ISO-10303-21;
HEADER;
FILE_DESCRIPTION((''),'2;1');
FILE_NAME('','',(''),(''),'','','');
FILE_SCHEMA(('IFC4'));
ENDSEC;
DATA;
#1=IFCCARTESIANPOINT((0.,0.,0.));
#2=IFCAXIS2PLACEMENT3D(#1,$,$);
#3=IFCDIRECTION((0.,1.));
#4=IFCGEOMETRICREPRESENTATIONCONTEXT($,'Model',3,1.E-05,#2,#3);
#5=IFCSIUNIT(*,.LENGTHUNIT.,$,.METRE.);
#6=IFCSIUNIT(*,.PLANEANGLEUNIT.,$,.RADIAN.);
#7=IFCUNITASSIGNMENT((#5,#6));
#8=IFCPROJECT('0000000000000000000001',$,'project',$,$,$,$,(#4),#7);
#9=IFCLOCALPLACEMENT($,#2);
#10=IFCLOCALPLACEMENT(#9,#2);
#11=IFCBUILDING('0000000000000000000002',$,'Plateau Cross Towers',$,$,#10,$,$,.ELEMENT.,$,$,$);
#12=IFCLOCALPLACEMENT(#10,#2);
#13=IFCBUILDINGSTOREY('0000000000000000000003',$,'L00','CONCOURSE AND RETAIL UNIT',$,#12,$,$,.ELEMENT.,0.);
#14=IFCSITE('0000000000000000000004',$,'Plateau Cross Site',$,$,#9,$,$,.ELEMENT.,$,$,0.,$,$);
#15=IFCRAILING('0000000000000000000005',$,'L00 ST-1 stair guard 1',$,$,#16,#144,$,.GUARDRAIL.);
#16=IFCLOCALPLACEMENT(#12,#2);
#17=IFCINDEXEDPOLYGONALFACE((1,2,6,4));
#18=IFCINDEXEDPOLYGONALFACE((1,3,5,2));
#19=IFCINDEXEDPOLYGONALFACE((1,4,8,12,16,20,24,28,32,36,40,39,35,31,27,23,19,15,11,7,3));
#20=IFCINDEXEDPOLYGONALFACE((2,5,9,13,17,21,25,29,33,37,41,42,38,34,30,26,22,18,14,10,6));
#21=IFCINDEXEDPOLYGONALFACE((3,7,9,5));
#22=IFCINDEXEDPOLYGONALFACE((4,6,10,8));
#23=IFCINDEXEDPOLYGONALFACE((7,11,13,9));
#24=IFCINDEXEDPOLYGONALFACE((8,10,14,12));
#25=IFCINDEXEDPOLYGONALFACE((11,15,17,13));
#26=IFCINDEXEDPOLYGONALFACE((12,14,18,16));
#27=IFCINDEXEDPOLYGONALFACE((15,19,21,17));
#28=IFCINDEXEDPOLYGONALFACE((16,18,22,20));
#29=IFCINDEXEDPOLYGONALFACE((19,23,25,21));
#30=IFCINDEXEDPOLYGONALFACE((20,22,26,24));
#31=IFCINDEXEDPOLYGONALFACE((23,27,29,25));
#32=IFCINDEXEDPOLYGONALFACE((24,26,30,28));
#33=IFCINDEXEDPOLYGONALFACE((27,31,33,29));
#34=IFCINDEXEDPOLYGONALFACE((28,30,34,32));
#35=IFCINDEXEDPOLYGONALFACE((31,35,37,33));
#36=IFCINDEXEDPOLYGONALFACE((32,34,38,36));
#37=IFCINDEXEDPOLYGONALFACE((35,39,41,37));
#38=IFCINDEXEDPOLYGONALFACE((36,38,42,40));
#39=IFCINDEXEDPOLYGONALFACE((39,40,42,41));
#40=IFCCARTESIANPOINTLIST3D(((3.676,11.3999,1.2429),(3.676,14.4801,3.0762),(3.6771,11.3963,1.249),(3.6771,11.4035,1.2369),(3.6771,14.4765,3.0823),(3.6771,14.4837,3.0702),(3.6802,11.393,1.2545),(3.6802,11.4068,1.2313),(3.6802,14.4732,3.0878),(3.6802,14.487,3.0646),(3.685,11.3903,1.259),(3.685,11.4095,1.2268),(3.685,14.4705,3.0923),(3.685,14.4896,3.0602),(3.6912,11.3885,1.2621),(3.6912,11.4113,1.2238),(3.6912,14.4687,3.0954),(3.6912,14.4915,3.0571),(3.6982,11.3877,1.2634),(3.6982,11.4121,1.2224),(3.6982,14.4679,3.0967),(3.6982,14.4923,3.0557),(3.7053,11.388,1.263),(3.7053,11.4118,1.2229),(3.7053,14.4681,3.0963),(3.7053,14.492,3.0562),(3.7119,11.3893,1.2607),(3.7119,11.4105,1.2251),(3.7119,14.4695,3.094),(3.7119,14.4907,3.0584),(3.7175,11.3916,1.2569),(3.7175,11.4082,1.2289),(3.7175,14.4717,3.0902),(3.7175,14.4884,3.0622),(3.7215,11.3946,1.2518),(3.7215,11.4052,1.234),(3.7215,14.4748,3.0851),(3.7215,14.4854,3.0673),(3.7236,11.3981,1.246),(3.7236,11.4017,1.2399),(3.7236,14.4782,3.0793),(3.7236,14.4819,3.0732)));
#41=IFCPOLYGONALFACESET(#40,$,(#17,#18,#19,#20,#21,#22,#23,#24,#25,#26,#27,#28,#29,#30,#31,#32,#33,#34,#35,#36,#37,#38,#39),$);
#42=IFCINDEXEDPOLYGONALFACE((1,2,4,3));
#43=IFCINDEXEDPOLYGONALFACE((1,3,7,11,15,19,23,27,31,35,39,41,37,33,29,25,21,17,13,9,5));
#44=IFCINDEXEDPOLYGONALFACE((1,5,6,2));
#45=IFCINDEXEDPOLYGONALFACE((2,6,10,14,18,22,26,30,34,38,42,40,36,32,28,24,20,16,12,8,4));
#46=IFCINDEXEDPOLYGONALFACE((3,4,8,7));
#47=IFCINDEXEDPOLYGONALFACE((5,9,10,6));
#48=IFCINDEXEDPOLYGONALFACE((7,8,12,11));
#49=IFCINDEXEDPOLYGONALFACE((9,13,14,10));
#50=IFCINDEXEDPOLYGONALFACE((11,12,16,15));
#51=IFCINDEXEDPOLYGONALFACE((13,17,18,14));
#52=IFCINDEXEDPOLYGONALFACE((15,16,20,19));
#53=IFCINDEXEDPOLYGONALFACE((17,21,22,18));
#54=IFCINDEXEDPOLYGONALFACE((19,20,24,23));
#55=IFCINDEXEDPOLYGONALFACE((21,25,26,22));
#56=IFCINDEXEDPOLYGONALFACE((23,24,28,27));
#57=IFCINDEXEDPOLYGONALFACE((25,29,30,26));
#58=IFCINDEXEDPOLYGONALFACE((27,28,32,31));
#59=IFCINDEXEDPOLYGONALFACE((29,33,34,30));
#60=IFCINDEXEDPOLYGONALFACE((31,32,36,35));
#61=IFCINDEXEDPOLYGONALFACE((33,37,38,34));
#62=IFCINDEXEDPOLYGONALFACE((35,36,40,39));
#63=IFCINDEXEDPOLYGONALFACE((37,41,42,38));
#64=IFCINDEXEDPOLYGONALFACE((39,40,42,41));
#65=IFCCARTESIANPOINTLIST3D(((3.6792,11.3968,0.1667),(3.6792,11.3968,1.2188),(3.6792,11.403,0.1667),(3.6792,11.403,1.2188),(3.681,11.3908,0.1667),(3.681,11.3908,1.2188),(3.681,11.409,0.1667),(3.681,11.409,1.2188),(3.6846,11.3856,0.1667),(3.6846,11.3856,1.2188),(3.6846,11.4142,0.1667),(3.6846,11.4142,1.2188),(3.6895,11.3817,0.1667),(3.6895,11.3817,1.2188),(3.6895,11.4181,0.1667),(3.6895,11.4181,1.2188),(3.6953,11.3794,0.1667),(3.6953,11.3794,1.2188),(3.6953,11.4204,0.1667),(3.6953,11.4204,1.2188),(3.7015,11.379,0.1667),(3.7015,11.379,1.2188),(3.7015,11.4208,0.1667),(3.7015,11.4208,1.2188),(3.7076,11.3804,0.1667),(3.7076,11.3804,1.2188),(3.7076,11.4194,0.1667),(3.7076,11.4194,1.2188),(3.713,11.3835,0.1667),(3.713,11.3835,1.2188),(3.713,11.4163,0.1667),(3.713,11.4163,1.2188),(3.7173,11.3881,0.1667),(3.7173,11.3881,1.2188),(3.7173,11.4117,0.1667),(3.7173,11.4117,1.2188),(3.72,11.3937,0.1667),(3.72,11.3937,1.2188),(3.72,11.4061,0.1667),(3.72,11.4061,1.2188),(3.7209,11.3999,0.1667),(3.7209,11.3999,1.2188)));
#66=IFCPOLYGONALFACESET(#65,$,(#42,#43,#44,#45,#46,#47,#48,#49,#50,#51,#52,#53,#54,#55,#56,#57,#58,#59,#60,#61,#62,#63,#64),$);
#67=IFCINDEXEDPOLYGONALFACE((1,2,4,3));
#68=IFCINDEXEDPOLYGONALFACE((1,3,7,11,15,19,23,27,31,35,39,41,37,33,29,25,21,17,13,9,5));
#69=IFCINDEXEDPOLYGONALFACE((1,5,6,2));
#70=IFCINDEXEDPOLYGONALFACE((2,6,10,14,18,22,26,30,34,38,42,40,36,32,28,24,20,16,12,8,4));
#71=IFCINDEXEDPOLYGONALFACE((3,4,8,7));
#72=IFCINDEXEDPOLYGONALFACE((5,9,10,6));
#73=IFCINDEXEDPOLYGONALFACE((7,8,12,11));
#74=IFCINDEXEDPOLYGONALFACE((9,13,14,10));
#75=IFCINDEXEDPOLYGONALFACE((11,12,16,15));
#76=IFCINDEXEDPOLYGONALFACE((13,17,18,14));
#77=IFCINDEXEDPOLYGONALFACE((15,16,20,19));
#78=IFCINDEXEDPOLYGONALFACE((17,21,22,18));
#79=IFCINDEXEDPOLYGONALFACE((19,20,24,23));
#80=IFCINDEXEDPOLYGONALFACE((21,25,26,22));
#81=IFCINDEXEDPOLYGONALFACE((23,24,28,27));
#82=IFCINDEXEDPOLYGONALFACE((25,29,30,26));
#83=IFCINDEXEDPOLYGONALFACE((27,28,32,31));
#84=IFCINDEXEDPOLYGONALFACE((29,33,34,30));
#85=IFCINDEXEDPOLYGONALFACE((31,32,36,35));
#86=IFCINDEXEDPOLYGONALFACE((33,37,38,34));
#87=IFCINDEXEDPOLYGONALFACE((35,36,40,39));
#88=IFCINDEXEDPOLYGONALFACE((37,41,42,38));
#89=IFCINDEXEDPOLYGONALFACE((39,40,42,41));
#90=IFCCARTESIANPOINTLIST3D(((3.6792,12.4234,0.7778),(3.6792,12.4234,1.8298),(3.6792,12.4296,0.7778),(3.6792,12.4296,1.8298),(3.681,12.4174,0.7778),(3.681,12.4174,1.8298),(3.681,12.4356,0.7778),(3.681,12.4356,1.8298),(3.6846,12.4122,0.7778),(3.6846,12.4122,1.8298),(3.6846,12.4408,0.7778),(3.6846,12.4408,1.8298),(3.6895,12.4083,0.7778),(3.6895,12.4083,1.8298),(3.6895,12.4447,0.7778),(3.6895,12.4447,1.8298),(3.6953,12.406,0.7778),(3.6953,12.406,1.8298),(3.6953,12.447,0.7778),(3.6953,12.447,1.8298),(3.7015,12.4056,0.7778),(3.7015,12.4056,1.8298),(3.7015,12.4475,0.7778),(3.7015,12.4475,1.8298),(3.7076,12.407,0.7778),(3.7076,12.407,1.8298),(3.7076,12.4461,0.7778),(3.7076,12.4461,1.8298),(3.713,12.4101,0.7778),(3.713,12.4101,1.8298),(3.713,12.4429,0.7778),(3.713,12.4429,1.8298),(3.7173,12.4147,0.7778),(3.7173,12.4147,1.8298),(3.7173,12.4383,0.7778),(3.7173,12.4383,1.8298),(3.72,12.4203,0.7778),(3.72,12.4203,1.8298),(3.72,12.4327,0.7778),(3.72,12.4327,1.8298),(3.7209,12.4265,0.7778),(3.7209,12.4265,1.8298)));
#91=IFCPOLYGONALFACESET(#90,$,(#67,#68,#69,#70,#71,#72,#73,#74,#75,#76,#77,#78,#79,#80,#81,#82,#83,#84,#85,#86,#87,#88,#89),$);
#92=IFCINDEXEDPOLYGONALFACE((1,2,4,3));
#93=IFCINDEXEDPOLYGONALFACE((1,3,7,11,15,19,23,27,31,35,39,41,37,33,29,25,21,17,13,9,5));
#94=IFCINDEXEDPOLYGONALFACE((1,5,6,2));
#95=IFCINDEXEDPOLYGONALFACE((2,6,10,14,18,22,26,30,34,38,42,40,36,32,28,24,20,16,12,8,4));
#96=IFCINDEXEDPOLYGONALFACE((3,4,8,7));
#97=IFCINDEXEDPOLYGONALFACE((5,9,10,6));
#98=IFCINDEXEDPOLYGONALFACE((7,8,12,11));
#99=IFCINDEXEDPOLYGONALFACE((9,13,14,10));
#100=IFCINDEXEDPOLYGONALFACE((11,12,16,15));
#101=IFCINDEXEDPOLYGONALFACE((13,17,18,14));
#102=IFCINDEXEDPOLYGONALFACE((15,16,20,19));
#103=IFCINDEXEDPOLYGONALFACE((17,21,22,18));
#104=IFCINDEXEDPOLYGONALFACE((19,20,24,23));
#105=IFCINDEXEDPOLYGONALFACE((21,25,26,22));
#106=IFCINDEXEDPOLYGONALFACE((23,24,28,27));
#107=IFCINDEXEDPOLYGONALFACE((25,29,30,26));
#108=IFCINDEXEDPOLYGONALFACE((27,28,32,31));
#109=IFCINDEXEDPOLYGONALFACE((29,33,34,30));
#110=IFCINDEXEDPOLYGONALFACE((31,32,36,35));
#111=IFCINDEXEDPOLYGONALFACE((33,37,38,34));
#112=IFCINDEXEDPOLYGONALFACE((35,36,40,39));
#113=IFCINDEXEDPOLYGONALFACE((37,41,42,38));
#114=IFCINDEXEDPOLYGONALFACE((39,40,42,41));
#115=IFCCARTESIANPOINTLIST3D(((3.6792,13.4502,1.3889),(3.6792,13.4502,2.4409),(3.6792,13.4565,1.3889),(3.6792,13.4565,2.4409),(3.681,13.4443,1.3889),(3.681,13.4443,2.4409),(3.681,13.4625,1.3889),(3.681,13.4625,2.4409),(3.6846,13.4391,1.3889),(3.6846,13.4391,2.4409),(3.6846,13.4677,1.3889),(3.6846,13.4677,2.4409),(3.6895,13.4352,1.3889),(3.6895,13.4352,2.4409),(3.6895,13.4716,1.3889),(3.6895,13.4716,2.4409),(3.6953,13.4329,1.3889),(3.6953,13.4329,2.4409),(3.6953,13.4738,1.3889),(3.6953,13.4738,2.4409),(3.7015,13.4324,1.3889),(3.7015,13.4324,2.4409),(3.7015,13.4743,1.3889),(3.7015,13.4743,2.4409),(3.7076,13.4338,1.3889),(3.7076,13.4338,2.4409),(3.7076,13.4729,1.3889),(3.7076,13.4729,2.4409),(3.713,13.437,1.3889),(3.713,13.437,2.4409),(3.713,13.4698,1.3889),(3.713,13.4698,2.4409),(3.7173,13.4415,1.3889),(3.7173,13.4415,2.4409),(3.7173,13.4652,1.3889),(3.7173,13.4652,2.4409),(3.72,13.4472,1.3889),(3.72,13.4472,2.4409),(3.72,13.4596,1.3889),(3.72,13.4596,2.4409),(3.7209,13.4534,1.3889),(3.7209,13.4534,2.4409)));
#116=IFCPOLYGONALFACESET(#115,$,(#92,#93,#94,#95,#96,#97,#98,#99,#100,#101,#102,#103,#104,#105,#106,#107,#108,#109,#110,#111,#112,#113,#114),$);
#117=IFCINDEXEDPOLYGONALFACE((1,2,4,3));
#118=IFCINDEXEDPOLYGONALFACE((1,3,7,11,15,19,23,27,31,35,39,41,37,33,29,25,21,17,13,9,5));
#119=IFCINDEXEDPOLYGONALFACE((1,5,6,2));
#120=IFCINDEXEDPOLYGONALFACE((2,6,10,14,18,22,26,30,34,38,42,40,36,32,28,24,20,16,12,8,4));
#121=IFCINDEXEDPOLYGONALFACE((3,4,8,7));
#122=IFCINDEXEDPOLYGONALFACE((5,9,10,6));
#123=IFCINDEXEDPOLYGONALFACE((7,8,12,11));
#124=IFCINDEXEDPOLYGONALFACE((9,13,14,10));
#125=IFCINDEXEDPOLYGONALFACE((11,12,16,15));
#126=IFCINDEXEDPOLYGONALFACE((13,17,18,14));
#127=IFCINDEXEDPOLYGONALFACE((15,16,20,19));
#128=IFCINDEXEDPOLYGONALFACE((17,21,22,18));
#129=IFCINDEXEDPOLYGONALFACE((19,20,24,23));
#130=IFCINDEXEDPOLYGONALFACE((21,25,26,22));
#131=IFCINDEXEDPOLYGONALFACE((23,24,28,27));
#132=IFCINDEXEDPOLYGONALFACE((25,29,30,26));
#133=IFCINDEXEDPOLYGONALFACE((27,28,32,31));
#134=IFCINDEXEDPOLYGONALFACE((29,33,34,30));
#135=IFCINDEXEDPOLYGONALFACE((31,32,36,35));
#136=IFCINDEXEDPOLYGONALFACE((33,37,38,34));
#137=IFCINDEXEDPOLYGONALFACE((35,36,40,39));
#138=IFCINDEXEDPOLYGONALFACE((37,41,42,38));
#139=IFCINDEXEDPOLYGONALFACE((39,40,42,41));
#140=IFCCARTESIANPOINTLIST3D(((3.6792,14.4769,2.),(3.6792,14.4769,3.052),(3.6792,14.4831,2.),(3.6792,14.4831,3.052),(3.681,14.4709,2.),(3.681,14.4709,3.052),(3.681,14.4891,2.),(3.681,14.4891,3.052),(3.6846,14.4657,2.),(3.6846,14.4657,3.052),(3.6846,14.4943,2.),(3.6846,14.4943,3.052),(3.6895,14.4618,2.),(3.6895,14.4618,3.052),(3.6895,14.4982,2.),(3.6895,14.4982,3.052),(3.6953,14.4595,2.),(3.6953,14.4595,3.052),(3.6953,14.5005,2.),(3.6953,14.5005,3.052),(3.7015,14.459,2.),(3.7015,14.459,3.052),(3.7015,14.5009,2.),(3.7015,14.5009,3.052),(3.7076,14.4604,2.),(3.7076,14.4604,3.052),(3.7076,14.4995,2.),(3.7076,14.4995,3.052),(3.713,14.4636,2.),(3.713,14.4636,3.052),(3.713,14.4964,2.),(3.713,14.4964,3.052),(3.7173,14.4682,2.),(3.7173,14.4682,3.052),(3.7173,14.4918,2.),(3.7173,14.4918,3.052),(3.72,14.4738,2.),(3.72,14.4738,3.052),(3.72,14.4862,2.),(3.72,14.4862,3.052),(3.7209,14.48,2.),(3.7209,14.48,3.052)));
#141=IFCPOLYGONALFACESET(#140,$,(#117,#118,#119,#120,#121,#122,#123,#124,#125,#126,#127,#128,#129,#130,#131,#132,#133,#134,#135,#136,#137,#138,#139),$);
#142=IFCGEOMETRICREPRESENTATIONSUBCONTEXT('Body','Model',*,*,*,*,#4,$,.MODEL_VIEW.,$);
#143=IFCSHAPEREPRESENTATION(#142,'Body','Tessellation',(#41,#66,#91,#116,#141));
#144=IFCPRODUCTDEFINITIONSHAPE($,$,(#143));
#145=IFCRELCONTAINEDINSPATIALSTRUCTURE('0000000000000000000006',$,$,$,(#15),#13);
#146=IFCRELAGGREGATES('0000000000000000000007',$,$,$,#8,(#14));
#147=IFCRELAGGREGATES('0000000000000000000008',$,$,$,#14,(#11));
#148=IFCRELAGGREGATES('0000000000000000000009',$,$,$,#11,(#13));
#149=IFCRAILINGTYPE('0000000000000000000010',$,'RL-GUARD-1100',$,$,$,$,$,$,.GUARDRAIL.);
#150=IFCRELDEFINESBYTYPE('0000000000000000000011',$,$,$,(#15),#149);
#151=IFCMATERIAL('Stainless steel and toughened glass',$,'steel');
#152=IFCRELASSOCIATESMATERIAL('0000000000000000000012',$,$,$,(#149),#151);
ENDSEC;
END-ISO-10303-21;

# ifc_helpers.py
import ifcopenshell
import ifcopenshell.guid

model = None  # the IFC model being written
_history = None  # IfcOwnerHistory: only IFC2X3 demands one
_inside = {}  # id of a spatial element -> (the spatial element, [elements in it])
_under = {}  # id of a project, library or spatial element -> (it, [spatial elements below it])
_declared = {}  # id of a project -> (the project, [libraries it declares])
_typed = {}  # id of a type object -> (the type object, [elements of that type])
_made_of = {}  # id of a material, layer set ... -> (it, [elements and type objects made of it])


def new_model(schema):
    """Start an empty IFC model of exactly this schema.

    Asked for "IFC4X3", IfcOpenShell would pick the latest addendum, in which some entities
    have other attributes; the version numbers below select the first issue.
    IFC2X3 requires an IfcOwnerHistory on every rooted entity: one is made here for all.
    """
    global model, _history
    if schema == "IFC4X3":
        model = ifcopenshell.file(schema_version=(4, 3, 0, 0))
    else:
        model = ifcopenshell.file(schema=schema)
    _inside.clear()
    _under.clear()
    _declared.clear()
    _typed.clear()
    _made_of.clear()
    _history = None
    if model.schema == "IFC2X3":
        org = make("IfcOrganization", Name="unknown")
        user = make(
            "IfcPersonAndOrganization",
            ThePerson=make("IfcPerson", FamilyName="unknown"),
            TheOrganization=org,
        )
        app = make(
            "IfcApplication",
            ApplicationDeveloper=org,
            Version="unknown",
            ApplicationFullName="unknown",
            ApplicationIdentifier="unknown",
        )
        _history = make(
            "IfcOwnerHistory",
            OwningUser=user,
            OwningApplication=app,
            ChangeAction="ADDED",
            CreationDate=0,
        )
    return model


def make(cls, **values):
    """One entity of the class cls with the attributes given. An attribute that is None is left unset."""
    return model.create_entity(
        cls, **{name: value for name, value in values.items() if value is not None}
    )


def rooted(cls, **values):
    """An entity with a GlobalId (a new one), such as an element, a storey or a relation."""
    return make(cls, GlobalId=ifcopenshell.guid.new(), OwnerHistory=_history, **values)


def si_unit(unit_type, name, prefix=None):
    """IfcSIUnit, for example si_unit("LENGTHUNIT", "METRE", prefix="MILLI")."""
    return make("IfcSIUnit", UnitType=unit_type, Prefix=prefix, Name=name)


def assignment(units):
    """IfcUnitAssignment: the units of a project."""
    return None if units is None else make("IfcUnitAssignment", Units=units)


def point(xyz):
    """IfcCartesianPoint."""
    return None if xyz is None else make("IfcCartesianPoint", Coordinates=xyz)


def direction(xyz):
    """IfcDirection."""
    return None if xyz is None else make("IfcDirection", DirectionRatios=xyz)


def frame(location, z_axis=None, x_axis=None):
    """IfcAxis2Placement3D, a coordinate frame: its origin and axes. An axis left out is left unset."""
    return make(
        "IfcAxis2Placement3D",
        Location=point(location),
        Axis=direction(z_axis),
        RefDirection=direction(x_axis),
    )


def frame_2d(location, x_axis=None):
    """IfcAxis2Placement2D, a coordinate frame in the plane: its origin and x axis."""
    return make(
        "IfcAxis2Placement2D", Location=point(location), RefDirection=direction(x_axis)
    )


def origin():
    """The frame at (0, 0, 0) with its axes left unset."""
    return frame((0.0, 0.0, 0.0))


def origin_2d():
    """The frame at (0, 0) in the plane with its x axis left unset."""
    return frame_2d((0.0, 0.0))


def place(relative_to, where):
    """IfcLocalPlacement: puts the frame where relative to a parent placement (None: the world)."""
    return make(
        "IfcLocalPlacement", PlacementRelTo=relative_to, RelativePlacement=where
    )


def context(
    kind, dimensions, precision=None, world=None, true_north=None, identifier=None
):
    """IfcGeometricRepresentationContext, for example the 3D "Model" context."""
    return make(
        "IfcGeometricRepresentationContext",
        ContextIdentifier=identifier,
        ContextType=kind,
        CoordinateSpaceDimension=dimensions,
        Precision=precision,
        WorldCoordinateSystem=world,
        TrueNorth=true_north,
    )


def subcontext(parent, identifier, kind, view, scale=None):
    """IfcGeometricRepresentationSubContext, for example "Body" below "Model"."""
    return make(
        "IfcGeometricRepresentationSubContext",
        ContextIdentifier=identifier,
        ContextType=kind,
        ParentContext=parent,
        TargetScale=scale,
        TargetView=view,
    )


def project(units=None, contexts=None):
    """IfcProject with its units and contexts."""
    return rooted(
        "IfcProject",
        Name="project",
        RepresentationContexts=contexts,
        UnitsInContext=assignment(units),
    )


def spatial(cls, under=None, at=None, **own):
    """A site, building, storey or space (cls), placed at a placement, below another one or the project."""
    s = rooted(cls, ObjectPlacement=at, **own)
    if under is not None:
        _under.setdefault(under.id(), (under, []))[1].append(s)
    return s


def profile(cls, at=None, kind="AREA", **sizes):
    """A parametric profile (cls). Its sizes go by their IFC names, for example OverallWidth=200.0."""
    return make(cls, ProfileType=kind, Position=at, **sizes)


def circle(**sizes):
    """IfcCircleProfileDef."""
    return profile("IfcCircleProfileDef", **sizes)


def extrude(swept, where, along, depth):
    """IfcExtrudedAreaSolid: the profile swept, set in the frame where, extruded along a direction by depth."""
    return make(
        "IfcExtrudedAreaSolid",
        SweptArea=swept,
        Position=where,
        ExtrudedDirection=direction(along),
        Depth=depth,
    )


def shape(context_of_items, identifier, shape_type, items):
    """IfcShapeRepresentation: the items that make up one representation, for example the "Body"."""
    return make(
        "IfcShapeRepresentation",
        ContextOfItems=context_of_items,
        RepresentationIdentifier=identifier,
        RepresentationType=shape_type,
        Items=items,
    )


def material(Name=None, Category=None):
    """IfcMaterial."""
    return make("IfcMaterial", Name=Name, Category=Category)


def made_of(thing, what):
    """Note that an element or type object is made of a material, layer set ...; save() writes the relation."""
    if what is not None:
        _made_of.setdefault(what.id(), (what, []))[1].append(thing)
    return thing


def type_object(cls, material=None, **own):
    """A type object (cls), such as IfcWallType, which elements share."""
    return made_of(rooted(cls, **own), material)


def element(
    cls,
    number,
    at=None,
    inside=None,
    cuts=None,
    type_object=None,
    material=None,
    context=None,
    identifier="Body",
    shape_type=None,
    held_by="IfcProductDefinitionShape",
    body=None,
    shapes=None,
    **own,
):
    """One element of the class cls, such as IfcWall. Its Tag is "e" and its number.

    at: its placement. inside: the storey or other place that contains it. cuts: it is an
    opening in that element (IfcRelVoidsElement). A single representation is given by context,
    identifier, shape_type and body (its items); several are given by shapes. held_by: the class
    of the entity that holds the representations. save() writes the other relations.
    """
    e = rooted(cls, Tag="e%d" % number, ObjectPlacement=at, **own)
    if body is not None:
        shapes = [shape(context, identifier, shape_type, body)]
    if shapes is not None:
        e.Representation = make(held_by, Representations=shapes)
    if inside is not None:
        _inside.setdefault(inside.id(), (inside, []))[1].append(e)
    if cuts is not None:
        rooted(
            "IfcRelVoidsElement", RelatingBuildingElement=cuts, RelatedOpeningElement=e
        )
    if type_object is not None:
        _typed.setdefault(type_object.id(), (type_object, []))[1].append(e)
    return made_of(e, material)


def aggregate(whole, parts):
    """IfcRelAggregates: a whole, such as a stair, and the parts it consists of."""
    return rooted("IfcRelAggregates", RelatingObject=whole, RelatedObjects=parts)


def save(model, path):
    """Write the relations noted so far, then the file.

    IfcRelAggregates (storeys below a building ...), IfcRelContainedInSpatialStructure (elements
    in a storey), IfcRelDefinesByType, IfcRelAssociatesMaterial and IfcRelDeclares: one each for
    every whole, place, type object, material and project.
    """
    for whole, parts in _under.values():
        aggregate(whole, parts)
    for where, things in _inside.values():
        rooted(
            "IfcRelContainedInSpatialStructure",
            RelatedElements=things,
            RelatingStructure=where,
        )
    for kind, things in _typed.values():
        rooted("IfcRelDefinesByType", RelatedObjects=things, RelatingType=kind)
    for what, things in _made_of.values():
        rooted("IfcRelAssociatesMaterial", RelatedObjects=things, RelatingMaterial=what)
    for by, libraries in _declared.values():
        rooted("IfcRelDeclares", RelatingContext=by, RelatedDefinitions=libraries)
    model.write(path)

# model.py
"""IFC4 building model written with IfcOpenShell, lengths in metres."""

from ifc_helpers import new_model, si_unit, direction, frame, origin, origin_2d, place, context, subcontext, project, spatial, circle, extrude, material, type_object, element, save


model = new_model("IFC4")

# Units and contexts
model_context = context("Model", 3, precision=1e-05, world=origin(), true_north=direction((0.0, 1.0)))
body_context = subcontext(model_context, "Body", "Model", "MODEL_VIEW")
ifc_project = project(units=[si_unit("LENGTHUNIT", "METRE"), si_unit("PLANEANGLEUNIT", "RADIAN")], contexts=[model_context])

# Site, building, storey
site_placement = place(None, origin())
site = spatial("IfcSite", under=ifc_project, at=site_placement, Name="Plateau Cross Site", CompositionType="ELEMENT", RefElevation=0.0)
building_placement = place(site_placement, origin())
building = spatial("IfcBuilding", under=site, at=building_placement, Name="Plateau Cross Towers", CompositionType="ELEMENT")
storey_placement = place(building_placement, origin())
storey = spatial("IfcBuildingStorey", under=building, at=storey_placement, Name="L00", Description="CONCOURSE AND RETAIL UNIT", CompositionType="ELEMENT", Elevation=0.0)

# Railing
ifc_material_1 = material(Name="Stainless steel and toughened glass", Category="steel")
railing_type = type_object("IfcRailingType", Name="RL-GUARD-1100", PredefinedType="GUARDRAIL", material=ifc_material_1)
railing_1_placement = place(storey_placement, frame((3.7, 11.3999, 0.1667)))
element("IfcRailing", 1, at=railing_1_placement, inside=storey, type_object=railing_type, Name="L00 ST-1 stair guard 1", PredefinedType="GUARDRAIL", context=body_context, shape_type="SweptSolid", body=[
    extrude(circle(Radius=0.0239, at=origin_2d()), frame((0.0, 0.0, 1.0762), z_axis=(0.0, 0.859309, 0.511458), x_axis=(-1.0, 0.0, 0.0)), (0.0, 0.0, 1.0), 3.5845),
    extrude(circle(Radius=0.021, at=origin_2d()), origin(), (0.0, 0.0, 1.0), 1.052),
    extrude(circle(Radius=0.021, at=origin_2d()), frame((0.0, 1.0266, 0.6111)), (0.0, 0.0, 1.0), 1.052),
    extrude(circle(Radius=0.021, at=origin_2d()), frame((0.0, 2.0535, 1.2222)), (0.0, 0.0, 1.0), 1.052),
    extrude(circle(Radius=0.021, at=origin_2d()), frame((0.0, 3.0801, 1.8333)), (0.0, 0.0, 1.0), 1.052),
])

save(model, "model.ifc")
